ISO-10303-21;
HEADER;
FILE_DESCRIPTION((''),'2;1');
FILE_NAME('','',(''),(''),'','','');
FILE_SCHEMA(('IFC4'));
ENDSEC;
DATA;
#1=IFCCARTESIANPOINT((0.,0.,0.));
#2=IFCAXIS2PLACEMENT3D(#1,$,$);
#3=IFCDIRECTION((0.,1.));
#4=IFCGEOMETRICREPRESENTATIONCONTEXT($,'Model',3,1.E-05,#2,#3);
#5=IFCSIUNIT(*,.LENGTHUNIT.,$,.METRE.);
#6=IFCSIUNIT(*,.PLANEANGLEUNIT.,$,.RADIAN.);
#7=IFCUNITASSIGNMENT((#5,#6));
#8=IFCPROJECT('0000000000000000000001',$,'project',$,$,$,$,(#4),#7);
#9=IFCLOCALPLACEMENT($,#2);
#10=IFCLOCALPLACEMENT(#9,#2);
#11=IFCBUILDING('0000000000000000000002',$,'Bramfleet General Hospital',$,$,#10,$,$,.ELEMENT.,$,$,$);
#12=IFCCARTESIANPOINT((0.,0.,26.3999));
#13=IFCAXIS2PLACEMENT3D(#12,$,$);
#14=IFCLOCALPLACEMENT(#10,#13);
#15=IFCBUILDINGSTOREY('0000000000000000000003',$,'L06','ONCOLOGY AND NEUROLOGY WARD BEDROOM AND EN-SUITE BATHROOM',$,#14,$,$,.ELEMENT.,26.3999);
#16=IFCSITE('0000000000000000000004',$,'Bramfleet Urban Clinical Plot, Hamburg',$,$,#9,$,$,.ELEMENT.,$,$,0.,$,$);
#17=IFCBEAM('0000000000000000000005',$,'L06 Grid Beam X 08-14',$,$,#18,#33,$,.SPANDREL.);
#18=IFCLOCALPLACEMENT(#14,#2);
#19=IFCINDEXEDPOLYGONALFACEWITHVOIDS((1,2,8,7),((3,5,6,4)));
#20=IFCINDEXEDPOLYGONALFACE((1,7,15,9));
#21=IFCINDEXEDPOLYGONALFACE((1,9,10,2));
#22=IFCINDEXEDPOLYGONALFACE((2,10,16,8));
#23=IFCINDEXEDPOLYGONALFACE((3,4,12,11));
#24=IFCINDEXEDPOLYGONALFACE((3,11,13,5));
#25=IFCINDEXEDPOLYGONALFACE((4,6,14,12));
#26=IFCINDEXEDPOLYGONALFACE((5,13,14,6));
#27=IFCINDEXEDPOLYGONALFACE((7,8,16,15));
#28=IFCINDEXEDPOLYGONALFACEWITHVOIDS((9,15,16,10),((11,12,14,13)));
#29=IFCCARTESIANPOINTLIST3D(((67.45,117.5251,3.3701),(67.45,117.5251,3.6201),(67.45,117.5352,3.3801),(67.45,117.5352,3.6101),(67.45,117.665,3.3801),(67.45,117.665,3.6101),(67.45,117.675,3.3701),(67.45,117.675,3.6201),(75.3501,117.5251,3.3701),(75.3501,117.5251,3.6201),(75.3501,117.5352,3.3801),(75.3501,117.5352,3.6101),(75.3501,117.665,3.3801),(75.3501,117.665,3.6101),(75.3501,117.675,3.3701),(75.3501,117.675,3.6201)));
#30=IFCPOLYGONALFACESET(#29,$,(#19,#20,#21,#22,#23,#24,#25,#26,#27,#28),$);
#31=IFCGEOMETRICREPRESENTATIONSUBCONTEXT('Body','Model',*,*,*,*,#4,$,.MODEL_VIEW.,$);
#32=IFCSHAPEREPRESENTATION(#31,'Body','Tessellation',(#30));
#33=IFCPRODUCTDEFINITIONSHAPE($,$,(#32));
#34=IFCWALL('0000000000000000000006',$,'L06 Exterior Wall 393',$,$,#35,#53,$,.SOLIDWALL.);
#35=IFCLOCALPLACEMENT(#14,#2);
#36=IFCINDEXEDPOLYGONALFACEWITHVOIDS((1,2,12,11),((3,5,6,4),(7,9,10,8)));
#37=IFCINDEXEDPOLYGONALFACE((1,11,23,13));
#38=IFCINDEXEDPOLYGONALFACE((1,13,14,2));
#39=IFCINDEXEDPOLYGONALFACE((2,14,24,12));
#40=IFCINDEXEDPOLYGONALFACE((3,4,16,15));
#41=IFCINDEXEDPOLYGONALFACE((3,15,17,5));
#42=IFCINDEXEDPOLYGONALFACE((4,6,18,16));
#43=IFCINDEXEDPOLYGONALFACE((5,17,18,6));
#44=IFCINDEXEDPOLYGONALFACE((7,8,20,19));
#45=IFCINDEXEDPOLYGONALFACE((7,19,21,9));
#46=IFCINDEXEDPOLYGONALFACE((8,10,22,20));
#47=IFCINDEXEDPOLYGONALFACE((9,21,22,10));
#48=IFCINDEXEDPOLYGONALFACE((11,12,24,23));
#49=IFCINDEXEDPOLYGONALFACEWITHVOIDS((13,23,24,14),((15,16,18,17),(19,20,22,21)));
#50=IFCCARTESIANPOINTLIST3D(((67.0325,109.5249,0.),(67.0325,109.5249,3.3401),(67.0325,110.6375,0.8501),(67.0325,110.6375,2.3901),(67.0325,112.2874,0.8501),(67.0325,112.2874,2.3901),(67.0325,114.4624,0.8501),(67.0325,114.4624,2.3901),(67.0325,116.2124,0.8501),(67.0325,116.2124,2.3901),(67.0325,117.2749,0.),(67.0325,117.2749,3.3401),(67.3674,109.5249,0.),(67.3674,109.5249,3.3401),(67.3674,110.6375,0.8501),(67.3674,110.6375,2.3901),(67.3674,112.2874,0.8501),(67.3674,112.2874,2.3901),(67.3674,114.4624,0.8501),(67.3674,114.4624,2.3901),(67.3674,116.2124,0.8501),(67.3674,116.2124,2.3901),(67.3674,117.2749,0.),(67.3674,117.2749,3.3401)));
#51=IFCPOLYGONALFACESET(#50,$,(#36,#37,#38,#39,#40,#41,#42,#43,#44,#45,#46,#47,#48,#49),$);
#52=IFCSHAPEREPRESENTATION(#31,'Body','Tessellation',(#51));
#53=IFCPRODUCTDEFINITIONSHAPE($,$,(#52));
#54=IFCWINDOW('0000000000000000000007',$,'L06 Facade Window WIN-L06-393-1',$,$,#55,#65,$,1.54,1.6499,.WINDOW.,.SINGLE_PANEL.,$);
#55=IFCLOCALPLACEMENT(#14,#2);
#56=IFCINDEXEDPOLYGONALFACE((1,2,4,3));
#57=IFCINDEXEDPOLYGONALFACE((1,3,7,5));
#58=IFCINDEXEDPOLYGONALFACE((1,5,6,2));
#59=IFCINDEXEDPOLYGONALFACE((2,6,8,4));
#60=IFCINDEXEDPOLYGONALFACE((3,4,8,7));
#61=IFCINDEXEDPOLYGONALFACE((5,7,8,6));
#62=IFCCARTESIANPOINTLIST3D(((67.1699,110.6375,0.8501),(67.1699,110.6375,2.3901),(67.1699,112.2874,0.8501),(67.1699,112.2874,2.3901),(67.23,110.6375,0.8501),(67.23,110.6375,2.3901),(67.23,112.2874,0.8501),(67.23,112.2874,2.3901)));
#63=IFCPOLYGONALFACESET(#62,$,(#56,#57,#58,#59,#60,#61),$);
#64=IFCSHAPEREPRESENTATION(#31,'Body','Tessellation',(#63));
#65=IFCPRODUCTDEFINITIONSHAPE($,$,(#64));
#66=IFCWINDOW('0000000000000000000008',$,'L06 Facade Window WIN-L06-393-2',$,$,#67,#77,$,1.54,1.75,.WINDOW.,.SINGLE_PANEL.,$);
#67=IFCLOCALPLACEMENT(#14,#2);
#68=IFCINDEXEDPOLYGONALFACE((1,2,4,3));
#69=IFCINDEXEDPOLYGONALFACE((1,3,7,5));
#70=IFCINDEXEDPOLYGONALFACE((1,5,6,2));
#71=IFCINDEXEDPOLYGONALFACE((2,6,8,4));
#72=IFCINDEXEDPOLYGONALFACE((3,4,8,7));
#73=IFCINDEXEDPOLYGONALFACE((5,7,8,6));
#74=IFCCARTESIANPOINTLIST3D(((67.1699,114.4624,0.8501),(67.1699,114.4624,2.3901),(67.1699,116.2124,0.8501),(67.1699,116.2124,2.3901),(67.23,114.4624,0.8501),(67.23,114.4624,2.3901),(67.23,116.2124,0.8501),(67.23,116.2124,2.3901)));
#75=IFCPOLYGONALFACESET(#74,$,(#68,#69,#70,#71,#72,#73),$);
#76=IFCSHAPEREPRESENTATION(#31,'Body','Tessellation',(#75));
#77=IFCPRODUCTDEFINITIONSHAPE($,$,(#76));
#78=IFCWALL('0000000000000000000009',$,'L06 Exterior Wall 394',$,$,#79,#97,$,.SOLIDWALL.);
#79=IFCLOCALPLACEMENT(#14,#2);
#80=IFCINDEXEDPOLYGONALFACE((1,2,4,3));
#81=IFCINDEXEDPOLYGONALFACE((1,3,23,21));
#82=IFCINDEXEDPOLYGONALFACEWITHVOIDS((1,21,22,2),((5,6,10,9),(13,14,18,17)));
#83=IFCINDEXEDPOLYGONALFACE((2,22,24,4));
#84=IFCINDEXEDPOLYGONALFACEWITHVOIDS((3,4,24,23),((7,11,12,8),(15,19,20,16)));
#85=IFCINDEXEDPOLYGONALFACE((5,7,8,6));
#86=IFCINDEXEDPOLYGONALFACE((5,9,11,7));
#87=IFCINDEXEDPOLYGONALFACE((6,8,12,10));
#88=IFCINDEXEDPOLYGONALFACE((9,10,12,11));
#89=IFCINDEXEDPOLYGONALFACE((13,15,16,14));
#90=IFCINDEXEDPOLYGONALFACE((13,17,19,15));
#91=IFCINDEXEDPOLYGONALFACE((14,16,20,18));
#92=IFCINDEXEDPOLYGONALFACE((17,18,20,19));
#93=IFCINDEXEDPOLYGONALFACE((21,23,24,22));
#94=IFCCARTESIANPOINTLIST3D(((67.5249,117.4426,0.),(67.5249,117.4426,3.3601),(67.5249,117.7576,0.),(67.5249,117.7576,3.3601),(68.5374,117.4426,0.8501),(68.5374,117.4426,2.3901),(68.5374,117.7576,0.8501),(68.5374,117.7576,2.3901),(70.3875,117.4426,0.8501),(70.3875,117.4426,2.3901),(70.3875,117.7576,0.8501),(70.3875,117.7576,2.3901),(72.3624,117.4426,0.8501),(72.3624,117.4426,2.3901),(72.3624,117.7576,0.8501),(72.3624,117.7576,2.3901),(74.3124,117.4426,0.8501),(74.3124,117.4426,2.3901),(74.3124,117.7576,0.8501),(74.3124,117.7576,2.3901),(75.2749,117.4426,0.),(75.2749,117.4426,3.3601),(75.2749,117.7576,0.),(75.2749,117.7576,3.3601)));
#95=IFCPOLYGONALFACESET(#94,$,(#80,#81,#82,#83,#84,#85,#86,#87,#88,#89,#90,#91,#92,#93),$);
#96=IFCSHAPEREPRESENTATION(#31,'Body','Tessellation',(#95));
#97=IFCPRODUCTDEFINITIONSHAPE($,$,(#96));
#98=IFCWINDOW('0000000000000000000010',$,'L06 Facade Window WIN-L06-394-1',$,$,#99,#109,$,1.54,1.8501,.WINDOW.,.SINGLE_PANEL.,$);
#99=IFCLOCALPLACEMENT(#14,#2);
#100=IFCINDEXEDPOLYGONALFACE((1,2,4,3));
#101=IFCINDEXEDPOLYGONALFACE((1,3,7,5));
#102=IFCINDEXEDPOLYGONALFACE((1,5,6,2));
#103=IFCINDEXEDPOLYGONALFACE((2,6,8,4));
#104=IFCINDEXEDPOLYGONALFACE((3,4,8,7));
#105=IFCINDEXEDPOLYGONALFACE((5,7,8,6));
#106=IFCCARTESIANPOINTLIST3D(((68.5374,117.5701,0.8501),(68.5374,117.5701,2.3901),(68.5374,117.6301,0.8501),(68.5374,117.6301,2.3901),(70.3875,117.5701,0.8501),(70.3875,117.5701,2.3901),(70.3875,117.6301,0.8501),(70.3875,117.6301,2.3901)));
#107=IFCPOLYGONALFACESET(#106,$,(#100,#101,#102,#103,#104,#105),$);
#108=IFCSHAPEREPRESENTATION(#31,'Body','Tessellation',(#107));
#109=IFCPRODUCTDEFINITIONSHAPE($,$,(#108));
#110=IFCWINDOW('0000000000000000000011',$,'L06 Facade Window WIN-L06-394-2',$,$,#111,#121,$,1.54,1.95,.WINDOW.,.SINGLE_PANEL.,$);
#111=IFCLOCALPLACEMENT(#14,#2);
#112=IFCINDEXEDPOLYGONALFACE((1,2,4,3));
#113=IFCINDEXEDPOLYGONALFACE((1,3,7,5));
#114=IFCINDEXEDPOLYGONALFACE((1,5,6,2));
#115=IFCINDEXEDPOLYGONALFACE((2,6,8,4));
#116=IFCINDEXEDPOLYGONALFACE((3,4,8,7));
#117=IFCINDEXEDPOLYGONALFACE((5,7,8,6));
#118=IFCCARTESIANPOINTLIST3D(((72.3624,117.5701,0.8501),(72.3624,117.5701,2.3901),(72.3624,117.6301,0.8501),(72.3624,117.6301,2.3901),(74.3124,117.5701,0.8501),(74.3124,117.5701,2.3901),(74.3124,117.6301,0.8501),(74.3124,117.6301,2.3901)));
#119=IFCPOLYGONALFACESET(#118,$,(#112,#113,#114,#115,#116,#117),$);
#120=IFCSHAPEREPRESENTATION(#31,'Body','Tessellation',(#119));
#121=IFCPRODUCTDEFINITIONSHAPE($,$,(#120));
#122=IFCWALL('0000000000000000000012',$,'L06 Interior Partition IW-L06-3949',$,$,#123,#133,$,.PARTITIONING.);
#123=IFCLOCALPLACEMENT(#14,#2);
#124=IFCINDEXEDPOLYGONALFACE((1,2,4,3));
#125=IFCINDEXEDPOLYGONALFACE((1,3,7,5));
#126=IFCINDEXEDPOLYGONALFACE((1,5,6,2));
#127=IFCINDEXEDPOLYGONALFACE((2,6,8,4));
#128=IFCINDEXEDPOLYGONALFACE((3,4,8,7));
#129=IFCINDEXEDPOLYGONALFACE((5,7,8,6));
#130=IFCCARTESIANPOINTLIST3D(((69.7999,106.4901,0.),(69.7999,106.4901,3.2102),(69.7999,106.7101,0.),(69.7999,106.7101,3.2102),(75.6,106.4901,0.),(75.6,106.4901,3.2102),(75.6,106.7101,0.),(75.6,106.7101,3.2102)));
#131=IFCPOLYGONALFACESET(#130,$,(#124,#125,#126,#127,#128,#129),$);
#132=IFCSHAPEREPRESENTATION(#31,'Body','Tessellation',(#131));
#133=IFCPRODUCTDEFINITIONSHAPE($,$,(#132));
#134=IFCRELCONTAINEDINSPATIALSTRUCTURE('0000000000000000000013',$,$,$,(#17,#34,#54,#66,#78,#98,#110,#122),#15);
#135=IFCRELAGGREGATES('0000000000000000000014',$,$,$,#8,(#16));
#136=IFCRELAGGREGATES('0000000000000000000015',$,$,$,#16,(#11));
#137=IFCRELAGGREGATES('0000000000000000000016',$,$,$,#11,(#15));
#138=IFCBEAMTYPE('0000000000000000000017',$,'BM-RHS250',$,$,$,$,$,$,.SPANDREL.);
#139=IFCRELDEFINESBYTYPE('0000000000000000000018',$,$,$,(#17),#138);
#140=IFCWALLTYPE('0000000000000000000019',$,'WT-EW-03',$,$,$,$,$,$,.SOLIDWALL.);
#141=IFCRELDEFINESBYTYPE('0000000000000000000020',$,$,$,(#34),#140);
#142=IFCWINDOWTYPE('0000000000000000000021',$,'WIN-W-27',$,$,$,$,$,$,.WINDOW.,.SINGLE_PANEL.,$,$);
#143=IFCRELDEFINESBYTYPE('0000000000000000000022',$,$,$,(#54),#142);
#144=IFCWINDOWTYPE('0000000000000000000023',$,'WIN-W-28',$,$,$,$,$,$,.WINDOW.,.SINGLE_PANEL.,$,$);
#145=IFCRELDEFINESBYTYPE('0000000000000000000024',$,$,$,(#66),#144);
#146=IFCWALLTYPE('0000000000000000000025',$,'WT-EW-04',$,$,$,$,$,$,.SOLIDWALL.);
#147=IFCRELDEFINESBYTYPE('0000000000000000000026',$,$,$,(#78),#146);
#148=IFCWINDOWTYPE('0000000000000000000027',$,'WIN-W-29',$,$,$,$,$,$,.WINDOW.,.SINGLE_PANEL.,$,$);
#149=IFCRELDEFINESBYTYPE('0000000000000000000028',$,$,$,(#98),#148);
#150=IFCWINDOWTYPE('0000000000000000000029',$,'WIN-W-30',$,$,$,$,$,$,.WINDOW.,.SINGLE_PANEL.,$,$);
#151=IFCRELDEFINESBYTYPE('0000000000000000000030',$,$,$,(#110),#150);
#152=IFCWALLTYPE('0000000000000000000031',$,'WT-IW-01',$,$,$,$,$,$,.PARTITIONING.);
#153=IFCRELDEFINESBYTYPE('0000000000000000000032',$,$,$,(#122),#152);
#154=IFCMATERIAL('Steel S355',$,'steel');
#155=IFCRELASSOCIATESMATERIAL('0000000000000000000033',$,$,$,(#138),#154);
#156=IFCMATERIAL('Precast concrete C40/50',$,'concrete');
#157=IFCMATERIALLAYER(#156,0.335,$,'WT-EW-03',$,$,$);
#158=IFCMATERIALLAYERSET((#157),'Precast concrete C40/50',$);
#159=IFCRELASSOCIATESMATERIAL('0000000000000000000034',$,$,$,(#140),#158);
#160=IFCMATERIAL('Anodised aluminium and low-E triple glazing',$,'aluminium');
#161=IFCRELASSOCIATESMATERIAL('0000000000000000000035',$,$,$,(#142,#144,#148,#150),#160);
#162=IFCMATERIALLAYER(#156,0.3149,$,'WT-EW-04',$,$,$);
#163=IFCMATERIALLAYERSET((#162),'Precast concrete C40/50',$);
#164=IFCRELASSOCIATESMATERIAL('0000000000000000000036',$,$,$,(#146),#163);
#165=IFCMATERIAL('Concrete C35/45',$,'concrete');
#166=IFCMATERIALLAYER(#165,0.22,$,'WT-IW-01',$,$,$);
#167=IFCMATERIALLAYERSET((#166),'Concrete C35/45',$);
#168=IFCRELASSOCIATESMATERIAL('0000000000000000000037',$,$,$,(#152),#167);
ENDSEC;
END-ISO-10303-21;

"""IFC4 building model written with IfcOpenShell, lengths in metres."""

from ifc_helpers import new_model, si_unit, direction, frame, frame_2d, origin, origin_2d, place, context, subcontext, project, spatial, rectangle, hollow_rectangle, extrude, material, layer, layer_set, material_profile, profile_set, type_object, element, fill, save


model = new_model("IFC4")

# Units and contexts
model_context = context("Model", 3, precision=1e-05, world=origin(), true_north=direction((0.0, 1.0)))
body_context = subcontext(model_context, "Body", "Model", "MODEL_VIEW")
ifc_project = project(units=[si_unit("LENGTHUNIT", "METRE"), si_unit("PLANEANGLEUNIT", "RADIAN")], contexts=[model_context])

# Site, building, storey
site_placement = place(None, origin())
site = spatial("IfcSite", under=ifc_project, at=site_placement, Name="Bramfleet Urban Clinical Plot, Hamburg", CompositionType="ELEMENT", RefElevation=0.0)
building_placement = place(site_placement, origin())
building = spatial("IfcBuilding", under=site, at=building_placement, Name="Bramfleet General Hospital", CompositionType="ELEMENT")
storey_placement = place(building_placement, frame((0.0, 0.0, 26.3999)))
storey = spatial("IfcBuildingStorey", under=building, at=storey_placement, Name="L06", Description="ONCOLOGY AND NEUROLOGY WARD BEDROOM AND EN-SUITE BATHROOM", CompositionType="ELEMENT", Elevation=26.3999)

# Beam
ifc_material_1 = material(Name="Steel S355", Category="steel")
ifc_material_profile_1 = material_profile(ifc_material_1, hollow_rectangle(XDim=0.1499, YDim=0.25, WallThickness=0.01, at=origin_2d()), Name="RHS 250x150x10.0")
ifc_profile_set_1 = profile_set([ifc_material_profile_1], Name="Steel S355")
beam_type_1 = type_object("IfcBeamType", Name="BM-RHS250", PredefinedType="SPANDREL", material=ifc_profile_set_1)
beam_1_placement = place(storey_placement, frame((67.45, 117.6001, 3.4951), z_axis=(1.0, 0.0, 0.0), x_axis=(0.0, 1.0, 0.0)))
element("IfcBeam", 1, at=beam_1_placement, inside=storey, type_object=beam_type_1, Name="L06 Grid Beam X 08-14", PredefinedType="SPANDREL", context=body_context, shape_type="SweptSolid", body=[
    extrude(hollow_rectangle(XDim=0.1499, YDim=0.25, WallThickness=0.01, at=origin_2d()), origin(), (0.0, 0.0, 1.0), 7.9001),
])

# Walls, openings, windows
ifc_material_2 = material(Name="Precast concrete C40/50", Category="concrete")
ifc_layer_1 = layer(ifc_material_2, 0.335, Name="WT-EW-03")
ifc_layer_set_1 = layer_set([ifc_layer_1], Name="Precast concrete C40/50")
wall_type_1 = type_object("IfcWallType", Name="WT-EW-03", PredefinedType="SOLIDWALL", material=ifc_layer_set_1)
wall_1_placement = place(storey_placement, frame((67.2, 109.5249, 0.0), z_axis=(0.0, 0.0, 1.0), x_axis=(0.0, 1.0, 0.0)))
wall_1 = element("IfcWall", 2, at=wall_1_placement, inside=storey, type_object=wall_type_1, Name="L06 Exterior Wall 393", PredefinedType="SOLIDWALL", context=body_context, shape_type="SweptSolid", body=[
    extrude(rectangle(XDim=7.75, YDim=0.335, at=frame_2d((3.875, 0.0))), origin(), (0.0, 0.0, 1.0), 3.3401),
])
opening_1_placement = place(wall_1_placement, frame((1.1125, 0.0, 0.8501)))
opening_1 = element("IfcOpeningElement", 3, at=opening_1_placement, cuts=wall_1, PredefinedType="OPENING", context=body_context, shape_type="SweptSolid", body=[
    extrude(rectangle(XDim=1.6499, YDim=1.54, at=frame_2d((0.825, 0.77))), frame((0.0, 0.1775, 0.0), z_axis=(0.0, -1.0, 0.0), x_axis=(1.0, 0.0, 0.0)), (0.0, 0.0, 1.0), 0.355),
])
opening_2_placement = place(wall_1_placement, frame((4.9375, 0.0, 0.8501)))
opening_2 = element("IfcOpeningElement", 4, at=opening_2_placement, cuts=wall_1, PredefinedType="OPENING", context=body_context, shape_type="SweptSolid", body=[
    extrude(rectangle(XDim=1.75, YDim=1.54, at=frame_2d((0.875, 0.77))), frame((0.0, 0.1775, 0.0), z_axis=(0.0, -1.0, 0.0), x_axis=(1.0, 0.0, 0.0)), (0.0, 0.0, 1.0), 0.355),
])
ifc_material_3 = material(Name="Anodised aluminium and low-E triple glazing", Category="aluminium")
window_type_1 = type_object("IfcWindowType", Name="WIN-W-27", PartitioningType="SINGLE_PANEL", PredefinedType="WINDOW", material=ifc_material_3)
window_1_placement = place(opening_1_placement, origin())
window_1 = element("IfcWindow", 5, at=window_1_placement, inside=storey, type_object=window_type_1, Name="L06 Facade Window WIN-L06-393-1", OverallHeight=1.54, OverallWidth=1.6499, PartitioningType="SINGLE_PANEL", PredefinedType="WINDOW", context=body_context, shape_type="SweptSolid", body=[
    extrude(rectangle(XDim=1.6499, YDim=1.54, at=frame_2d((0.825, 0.77))), frame((0.0, 0.03, 0.0), z_axis=(0.0, -1.0, 0.0), x_axis=(1.0, 0.0, 0.0)), (0.0, 0.0, 1.0), 0.0601),
])
fill(opening_1, window_1)
window_type_2 = type_object("IfcWindowType", Name="WIN-W-28", PartitioningType="SINGLE_PANEL", PredefinedType="WINDOW", material=ifc_material_3)
window_2_placement = place(opening_2_placement, origin())
window_2 = element("IfcWindow", 6, at=window_2_placement, inside=storey, type_object=window_type_2, Name="L06 Facade Window WIN-L06-393-2", OverallHeight=1.54, OverallWidth=1.75, PartitioningType="SINGLE_PANEL", PredefinedType="WINDOW", context=body_context, shape_type="SweptSolid", body=[
    extrude(rectangle(XDim=1.75, YDim=1.54, at=frame_2d((0.875, 0.77))), frame((0.0, 0.03, 0.0), z_axis=(0.0, -1.0, 0.0), x_axis=(1.0, 0.0, 0.0)), (0.0, 0.0, 1.0), 0.0601),
])
fill(opening_2, window_2)
ifc_layer_2 = layer(ifc_material_2, 0.3149, Name="WT-EW-04")
ifc_layer_set_2 = layer_set([ifc_layer_2], Name="Precast concrete C40/50")
wall_type_2 = type_object("IfcWallType", Name="WT-EW-04", PredefinedType="SOLIDWALL", material=ifc_layer_set_2)
wall_2_placement = place(storey_placement, frame((67.5249, 117.6001, 0.0), z_axis=(0.0, 0.0, 1.0), x_axis=(1.0, 0.0, 0.0)))
wall_2 = element("IfcWall", 7, at=wall_2_placement, inside=storey, type_object=wall_type_2, Name="L06 Exterior Wall 394", PredefinedType="SOLIDWALL", context=body_context, shape_type="SweptSolid", body=[
    extrude(rectangle(XDim=7.75, YDim=0.3149, at=frame_2d((3.875, 0.0))), origin(), (0.0, 0.0, 1.0), 3.3601),
])
opening_3_placement = place(wall_2_placement, frame((1.0125, 0.0, 0.8501)))
opening_3 = element("IfcOpeningElement", 8, at=opening_3_placement, cuts=wall_2, PredefinedType="OPENING", context=body_context, shape_type="SweptSolid", body=[
    extrude(rectangle(XDim=1.8501, YDim=1.54, at=frame_2d((0.925, 0.77))), frame((0.0, 0.1675, 0.0), z_axis=(0.0, -1.0, 0.0), x_axis=(1.0, 0.0, 0.0)), (0.0, 0.0, 1.0), 0.335),
])
opening_4_placement = place(wall_2_placement, frame((4.8374, 0.0, 0.8501)))
opening_4 = element("IfcOpeningElement", 9, at=opening_4_placement, cuts=wall_2, PredefinedType="OPENING", context=body_context, shape_type="SweptSolid", body=[
    extrude(rectangle(XDim=1.95, YDim=1.54, at=frame_2d((0.9751, 0.77))), frame((0.0, 0.1675, 0.0), z_axis=(0.0, -1.0, 0.0), x_axis=(1.0, 0.0, 0.0)), (0.0, 0.0, 1.0), 0.335),
])
window_type_3 = type_object("IfcWindowType", Name="WIN-W-29", PartitioningType="SINGLE_PANEL", PredefinedType="WINDOW", material=ifc_material_3)
window_3_placement = place(opening_3_placement, origin())
window_3 = element("IfcWindow", 10, at=window_3_placement, inside=storey, type_object=window_type_3, Name="L06 Facade Window WIN-L06-394-1", OverallHeight=1.54, OverallWidth=1.8501, PartitioningType="SINGLE_PANEL", PredefinedType="WINDOW", context=body_context, shape_type="SweptSolid", body=[
    extrude(rectangle(XDim=1.8501, YDim=1.54, at=frame_2d((0.925, 0.77))), frame((0.0, 0.03, 0.0), z_axis=(0.0, -1.0, 0.0), x_axis=(1.0, 0.0, 0.0)), (0.0, 0.0, 1.0), 0.0601),
])
fill(opening_3, window_3)
window_type_4 = type_object("IfcWindowType", Name="WIN-W-30", PartitioningType="SINGLE_PANEL", PredefinedType="WINDOW", material=ifc_material_3)
window_4_placement = place(opening_4_placement, origin())
window_4 = element("IfcWindow", 11, at=window_4_placement, inside=storey, type_object=window_type_4, Name="L06 Facade Window WIN-L06-394-2", OverallHeight=1.54, OverallWidth=1.95, PartitioningType="SINGLE_PANEL", PredefinedType="WINDOW", context=body_context, shape_type="SweptSolid", body=[
    extrude(rectangle(XDim=1.95, YDim=1.54, at=frame_2d((0.9751, 0.77))), frame((0.0, 0.03, 0.0), z_axis=(0.0, -1.0, 0.0), x_axis=(1.0, 0.0, 0.0)), (0.0, 0.0, 1.0), 0.0601),
])
fill(opening_4, window_4)

# Wall
ifc_material_4 = material(Name="Concrete C35/45", Category="concrete")
ifc_layer_3 = layer(ifc_material_4, 0.22, Name="WT-IW-01")
ifc_layer_set_3 = layer_set([ifc_layer_3], Name="Concrete C35/45")
wall_type_3 = type_object("IfcWallType", Name="WT-IW-01", PredefinedType="PARTITIONING", material=ifc_layer_set_3)
wall_3_placement = place(storey_placement, frame((69.8, 106.6001, 0.0), z_axis=(0.0, 0.0, 1.0), x_axis=(1.0, 0.0, 0.0)))
element("IfcWall", 12, at=wall_3_placement, inside=storey, type_object=wall_type_3, Name="L06 Interior Partition IW-L06-3949", PredefinedType="PARTITIONING", context=body_context, shape_type="SweptSolid", body=[
    extrude(rectangle(XDim=5.8, YDim=0.22, at=frame_2d((2.8999, 0.0))), origin(), (0.0, 0.0, 1.0), 3.2102),
])

save(model, "model.ifc")
